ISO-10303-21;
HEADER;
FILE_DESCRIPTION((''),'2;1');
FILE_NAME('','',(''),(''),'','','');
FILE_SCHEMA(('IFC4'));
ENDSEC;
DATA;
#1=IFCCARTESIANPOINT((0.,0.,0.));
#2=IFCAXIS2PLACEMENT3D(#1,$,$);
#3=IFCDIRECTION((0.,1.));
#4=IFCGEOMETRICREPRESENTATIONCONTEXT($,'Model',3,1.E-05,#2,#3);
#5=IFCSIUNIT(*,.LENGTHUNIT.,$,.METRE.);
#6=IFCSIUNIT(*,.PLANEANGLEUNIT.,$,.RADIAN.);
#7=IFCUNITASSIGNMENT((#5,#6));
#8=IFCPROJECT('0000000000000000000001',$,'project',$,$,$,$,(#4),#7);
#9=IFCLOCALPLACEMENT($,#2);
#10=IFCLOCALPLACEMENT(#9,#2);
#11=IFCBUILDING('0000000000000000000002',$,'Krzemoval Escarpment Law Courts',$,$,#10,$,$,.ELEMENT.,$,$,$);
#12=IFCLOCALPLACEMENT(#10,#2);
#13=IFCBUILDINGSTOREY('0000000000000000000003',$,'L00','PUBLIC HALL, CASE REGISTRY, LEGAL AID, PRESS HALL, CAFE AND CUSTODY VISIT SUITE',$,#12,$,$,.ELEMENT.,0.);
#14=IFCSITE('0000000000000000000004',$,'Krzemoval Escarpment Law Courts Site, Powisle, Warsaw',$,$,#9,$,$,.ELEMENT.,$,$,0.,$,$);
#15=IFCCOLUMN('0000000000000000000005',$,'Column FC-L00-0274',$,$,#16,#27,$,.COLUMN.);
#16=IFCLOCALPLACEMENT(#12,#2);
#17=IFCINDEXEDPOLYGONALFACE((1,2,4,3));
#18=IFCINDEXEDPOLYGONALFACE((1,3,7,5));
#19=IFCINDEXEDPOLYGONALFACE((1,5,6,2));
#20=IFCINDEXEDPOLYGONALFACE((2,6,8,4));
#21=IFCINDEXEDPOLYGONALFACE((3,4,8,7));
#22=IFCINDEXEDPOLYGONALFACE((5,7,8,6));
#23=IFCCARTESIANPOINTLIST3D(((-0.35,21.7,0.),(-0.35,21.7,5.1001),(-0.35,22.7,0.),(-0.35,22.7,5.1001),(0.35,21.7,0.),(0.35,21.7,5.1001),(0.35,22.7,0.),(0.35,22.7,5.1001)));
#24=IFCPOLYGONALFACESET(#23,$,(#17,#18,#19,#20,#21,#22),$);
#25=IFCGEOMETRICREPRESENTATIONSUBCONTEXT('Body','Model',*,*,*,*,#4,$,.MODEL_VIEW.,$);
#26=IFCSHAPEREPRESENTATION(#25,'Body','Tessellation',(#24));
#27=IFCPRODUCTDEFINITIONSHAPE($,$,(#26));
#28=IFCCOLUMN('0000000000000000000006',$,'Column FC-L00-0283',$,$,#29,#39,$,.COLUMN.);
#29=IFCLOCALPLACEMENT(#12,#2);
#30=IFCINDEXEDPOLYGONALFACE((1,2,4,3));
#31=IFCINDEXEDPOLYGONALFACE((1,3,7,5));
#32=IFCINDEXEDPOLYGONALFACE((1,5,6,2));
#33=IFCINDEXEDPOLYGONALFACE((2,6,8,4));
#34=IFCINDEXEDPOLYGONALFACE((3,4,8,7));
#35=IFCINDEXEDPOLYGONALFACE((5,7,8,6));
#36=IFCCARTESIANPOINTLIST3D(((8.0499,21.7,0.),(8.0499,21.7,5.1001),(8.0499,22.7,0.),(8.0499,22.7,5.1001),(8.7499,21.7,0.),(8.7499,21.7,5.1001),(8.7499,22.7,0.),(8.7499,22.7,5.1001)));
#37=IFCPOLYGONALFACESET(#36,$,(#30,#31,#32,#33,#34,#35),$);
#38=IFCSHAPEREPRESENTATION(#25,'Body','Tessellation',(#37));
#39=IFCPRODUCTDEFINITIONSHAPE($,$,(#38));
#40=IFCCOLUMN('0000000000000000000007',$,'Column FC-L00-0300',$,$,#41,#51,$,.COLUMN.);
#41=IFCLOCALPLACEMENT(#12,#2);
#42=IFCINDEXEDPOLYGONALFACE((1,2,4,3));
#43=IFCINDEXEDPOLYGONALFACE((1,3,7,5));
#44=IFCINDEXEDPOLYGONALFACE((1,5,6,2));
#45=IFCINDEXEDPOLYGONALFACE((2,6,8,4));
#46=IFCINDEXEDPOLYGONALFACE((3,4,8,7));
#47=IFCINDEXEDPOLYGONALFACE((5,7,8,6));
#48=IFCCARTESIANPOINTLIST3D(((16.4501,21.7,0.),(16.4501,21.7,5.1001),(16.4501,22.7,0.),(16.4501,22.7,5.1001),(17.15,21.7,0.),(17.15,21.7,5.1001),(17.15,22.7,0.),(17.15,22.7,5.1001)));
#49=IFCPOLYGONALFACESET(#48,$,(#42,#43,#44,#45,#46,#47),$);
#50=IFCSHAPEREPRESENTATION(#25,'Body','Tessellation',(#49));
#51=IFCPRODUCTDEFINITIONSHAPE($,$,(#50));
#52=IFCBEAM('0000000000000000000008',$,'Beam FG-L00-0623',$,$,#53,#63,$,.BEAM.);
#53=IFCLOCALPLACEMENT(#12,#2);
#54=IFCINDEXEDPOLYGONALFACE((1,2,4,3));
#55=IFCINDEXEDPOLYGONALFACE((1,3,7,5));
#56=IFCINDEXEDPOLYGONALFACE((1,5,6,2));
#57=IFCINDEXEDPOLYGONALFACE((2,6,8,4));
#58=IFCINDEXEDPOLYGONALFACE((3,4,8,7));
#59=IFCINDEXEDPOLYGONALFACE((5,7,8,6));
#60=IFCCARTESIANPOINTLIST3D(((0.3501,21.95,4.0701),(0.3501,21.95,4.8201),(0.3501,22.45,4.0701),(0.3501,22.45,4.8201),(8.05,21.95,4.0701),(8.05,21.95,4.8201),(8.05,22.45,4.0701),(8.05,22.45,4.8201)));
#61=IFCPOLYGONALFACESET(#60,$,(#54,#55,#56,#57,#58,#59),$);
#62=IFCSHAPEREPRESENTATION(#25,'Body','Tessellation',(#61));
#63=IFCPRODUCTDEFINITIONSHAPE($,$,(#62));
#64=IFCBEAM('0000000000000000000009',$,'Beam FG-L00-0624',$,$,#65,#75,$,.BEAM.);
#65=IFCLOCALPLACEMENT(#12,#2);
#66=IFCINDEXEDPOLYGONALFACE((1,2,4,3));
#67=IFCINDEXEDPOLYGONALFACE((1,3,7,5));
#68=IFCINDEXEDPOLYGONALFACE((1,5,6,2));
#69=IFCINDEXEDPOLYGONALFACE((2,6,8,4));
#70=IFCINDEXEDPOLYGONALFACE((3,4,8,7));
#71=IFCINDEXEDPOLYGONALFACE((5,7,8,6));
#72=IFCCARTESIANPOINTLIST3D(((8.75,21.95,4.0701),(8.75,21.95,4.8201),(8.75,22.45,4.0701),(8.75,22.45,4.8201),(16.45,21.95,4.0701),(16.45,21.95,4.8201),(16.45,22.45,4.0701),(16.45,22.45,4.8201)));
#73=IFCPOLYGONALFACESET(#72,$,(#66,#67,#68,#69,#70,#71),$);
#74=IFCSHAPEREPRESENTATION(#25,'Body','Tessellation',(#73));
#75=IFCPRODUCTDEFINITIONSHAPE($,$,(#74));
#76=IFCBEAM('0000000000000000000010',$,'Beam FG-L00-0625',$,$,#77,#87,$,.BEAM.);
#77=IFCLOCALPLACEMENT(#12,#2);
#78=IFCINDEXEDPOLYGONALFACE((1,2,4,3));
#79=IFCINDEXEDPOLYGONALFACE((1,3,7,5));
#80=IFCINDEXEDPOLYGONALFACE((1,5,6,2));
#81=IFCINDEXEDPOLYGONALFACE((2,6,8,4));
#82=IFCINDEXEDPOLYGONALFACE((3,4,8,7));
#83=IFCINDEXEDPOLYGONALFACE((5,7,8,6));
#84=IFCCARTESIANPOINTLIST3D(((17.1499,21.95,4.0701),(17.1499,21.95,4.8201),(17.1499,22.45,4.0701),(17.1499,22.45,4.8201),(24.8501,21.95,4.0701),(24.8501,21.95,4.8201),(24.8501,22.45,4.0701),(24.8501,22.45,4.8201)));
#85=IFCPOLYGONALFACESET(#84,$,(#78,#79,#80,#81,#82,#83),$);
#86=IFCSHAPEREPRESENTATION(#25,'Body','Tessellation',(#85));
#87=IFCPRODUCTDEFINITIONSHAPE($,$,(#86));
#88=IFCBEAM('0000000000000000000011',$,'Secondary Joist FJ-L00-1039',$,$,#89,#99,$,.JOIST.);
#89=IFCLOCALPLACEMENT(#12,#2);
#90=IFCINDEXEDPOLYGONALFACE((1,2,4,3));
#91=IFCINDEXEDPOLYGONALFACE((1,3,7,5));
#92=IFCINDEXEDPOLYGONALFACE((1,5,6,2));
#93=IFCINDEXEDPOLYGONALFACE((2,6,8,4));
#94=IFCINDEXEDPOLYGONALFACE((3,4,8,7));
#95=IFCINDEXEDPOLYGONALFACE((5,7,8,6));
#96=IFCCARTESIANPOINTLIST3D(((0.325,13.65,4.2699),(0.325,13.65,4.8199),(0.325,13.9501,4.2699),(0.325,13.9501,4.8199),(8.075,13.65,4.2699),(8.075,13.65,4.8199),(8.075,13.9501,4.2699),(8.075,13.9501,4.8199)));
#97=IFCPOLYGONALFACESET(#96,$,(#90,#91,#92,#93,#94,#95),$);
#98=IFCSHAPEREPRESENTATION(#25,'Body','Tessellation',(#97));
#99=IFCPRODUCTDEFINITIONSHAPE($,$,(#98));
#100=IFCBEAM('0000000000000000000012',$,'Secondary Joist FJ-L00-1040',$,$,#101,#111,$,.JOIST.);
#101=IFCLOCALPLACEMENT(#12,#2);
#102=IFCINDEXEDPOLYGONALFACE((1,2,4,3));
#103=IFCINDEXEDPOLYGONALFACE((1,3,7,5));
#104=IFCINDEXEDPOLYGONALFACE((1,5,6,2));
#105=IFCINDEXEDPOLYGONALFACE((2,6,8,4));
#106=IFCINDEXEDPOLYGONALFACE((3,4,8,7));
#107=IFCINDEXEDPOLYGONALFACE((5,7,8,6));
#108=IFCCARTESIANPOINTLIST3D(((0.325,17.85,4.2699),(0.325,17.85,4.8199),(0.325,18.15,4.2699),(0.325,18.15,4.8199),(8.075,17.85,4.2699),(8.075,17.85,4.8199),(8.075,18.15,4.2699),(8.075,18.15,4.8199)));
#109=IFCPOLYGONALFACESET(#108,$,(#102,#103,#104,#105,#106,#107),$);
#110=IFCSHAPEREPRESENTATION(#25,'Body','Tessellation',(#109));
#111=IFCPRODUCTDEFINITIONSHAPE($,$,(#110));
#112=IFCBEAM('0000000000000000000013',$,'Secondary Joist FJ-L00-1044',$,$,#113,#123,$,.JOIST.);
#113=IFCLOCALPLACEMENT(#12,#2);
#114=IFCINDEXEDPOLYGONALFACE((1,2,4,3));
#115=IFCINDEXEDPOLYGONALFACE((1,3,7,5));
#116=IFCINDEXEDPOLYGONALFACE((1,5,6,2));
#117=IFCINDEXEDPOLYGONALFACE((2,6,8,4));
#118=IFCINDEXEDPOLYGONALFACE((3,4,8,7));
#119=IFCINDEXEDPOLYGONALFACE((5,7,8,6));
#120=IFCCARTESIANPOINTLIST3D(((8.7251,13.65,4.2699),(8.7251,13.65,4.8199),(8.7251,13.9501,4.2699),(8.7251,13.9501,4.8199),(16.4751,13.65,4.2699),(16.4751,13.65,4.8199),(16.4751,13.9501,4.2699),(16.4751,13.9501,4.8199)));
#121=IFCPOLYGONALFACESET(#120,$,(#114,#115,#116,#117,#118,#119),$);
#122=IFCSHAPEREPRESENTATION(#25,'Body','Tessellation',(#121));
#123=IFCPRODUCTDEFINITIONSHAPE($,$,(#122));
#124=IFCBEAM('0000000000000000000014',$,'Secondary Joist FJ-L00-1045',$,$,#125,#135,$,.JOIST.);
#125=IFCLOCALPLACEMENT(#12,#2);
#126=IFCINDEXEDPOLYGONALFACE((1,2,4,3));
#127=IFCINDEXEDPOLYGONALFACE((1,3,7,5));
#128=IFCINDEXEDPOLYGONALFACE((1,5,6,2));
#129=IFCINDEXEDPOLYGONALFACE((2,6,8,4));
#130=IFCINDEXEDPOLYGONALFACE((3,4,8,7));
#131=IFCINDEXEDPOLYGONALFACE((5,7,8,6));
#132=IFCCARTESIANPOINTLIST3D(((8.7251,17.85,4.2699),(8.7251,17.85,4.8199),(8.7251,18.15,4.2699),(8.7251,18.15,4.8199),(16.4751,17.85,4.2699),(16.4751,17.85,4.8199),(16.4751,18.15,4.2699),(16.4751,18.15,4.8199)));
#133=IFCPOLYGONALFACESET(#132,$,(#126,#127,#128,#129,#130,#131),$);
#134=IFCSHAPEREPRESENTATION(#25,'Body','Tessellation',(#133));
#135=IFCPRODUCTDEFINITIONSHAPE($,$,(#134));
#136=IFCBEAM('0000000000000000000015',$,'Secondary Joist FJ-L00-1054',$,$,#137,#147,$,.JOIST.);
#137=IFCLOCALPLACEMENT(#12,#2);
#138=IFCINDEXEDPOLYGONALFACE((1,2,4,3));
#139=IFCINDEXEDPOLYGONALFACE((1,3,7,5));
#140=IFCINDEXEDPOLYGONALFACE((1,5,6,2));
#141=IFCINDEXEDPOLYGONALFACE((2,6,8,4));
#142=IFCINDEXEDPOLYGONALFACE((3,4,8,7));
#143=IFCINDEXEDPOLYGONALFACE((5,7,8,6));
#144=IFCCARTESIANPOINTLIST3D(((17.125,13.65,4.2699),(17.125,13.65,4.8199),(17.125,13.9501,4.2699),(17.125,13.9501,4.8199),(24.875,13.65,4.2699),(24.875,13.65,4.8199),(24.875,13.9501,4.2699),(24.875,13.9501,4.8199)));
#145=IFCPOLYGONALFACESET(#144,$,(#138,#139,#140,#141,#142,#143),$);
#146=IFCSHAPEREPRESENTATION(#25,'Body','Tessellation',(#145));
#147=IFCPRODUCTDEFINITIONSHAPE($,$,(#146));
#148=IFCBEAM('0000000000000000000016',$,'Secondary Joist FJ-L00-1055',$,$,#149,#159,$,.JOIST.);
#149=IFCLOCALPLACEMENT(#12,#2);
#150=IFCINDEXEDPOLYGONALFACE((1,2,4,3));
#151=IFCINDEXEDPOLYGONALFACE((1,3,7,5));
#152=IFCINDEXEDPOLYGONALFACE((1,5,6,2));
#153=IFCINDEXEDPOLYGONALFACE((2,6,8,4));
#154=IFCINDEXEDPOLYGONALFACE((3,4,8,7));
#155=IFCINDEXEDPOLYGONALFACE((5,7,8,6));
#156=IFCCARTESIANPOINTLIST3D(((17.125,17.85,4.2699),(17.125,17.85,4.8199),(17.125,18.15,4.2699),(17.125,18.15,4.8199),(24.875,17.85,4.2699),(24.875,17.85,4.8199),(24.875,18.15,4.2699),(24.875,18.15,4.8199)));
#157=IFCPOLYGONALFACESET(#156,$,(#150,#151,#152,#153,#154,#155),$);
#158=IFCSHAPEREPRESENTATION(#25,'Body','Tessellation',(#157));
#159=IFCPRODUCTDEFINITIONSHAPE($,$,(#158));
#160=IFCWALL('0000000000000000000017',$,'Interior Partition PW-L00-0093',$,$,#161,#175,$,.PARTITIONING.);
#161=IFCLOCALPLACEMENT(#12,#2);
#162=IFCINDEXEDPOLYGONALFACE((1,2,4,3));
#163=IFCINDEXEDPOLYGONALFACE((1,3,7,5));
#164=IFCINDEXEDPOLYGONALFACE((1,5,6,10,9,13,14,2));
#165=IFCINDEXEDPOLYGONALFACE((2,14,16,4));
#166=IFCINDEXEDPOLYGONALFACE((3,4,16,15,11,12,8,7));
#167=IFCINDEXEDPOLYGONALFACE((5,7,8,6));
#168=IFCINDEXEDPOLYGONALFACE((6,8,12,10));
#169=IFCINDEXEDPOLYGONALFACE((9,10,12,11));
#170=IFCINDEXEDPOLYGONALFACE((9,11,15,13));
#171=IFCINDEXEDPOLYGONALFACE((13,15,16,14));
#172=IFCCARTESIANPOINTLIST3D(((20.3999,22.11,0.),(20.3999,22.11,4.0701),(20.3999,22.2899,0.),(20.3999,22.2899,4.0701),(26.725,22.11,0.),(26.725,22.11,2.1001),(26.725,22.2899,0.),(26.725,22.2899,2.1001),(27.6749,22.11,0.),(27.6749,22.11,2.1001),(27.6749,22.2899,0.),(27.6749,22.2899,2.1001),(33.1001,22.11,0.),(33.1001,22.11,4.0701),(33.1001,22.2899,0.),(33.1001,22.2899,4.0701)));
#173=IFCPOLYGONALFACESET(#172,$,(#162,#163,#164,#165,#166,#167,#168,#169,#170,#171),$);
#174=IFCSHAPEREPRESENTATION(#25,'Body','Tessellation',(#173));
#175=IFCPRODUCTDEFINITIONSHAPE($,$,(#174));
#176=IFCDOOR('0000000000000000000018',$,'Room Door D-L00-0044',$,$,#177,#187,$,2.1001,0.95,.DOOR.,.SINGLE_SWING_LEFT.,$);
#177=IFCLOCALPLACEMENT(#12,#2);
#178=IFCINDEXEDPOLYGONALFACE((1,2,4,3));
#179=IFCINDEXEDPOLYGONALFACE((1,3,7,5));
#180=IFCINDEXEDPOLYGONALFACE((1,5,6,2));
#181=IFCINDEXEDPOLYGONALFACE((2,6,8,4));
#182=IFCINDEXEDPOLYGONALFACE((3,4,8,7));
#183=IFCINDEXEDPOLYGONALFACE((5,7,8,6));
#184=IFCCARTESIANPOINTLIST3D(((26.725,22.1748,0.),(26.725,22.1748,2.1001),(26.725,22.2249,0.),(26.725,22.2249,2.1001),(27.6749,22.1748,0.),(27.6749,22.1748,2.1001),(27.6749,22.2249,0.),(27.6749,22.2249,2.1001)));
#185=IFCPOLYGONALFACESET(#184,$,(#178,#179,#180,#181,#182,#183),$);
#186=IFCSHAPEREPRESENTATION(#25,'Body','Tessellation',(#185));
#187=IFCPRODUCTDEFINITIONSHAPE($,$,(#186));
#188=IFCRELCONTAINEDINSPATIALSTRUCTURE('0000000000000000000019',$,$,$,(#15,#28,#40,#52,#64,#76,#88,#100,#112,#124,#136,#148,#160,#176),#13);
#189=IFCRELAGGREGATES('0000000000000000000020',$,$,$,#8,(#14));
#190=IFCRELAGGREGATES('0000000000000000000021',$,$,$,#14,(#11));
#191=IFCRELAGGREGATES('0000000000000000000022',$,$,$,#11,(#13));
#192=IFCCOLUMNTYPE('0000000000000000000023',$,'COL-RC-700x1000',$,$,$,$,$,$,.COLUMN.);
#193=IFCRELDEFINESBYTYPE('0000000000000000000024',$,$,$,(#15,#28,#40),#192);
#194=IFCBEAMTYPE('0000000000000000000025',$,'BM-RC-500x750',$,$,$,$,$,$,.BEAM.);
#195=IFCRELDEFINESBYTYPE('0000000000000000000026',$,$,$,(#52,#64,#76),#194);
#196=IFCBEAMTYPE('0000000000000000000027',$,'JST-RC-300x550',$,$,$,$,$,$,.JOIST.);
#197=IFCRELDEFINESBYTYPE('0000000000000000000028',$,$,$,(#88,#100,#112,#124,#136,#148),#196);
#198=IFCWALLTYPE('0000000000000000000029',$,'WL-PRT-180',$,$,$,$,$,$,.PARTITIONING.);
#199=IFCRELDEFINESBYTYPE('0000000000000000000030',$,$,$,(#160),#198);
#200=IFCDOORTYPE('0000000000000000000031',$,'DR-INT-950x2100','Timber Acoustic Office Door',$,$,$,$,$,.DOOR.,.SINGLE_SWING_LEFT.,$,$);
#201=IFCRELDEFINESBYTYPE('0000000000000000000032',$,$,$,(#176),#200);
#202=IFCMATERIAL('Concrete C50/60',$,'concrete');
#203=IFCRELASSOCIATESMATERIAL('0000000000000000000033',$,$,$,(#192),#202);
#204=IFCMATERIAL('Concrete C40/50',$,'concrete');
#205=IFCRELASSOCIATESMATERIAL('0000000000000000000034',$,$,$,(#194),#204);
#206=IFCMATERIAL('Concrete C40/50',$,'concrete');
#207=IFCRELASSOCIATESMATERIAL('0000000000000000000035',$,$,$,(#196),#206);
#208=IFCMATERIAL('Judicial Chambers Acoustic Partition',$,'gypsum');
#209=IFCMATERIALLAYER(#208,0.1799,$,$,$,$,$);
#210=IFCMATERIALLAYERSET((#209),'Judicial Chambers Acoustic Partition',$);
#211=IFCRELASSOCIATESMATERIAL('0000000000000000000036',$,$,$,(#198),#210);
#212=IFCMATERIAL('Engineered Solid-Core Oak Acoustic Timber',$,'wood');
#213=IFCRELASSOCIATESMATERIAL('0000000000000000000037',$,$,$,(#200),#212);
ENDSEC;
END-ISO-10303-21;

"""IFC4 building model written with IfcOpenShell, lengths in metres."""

from ifc_helpers import new_model, si_unit, direction, frame, frame_2d, origin, origin_2d, place, context, subcontext, project, spatial, rectangle, extrude, material, layer, layer_set, material_profile, profile_set, type_object, element, fill, save


model = new_model("IFC4")

# Units and contexts
model_context = context("Model", 3, precision=1e-05, world=origin(), true_north=direction((0.0, 1.0)))
body_context = subcontext(model_context, "Body", "Model", "MODEL_VIEW")
ifc_project = project(units=[si_unit("LENGTHUNIT", "METRE"), si_unit("PLANEANGLEUNIT", "RADIAN")], contexts=[model_context])

# Site, building, storey
site_placement = place(None, origin())
site = spatial("IfcSite", under=ifc_project, at=site_placement, Name="Krzemoval Escarpment Law Courts Site, Powisle, Warsaw", CompositionType="ELEMENT", RefElevation=0.0)
building_placement = place(site_placement, origin())
building = spatial("IfcBuilding", under=site, at=building_placement, Name="Krzemoval Escarpment Law Courts", CompositionType="ELEMENT")
storey_placement = place(building_placement, origin())
storey = spatial("IfcBuildingStorey", under=building, at=storey_placement, Name="L00", Description="PUBLIC HALL, CASE REGISTRY, LEGAL AID, PRESS HALL, CAFE AND CUSTODY VISIT SUITE", CompositionType="ELEMENT", Elevation=0.0)

# Columns
ifc_material_1 = material(Name="Concrete C50/60", Category="concrete")
ifc_material_profile_1 = material_profile(ifc_material_1, rectangle(XDim=0.7, YDim=1.0, at=origin_2d()), Name="RC 700x1000")
ifc_profile_set_1 = profile_set([ifc_material_profile_1], Name="Concrete C50/60")
column_type = type_object("IfcColumnType", Name="COL-RC-700x1000", PredefinedType="COLUMN", material=ifc_profile_set_1)
for number, where, z_axis, x_axis, name in (
    (1, (0.0, 22.2, 0.0), (0.0, 0.0, 1.0), (1.0, 0.0, 0.0), "Column FC-L00-0274"),
    (2, (8.3999, 22.2, 0.0), (0.0, 0.0, 1.0), (1.0, 0.0, 0.0), "Column FC-L00-0283"),
    (3, (16.8, 22.2, 0.0), (0.0, 0.0, 1.0), (1.0, 0.0, 0.0), "Column FC-L00-0300"),
):
    element("IfcColumn", number, at=place(storey_placement, frame(where, z_axis=z_axis, x_axis=x_axis)), inside=storey, type_object=column_type, Name=name, PredefinedType="COLUMN", context=body_context, shape_type="SweptSolid", body=[
        extrude(rectangle(XDim=0.7, YDim=1.0, at=origin_2d()), origin(), (0.0, 0.0, 1.0), 5.1001),
    ])

# Beams
ifc_material_2 = material(Name="Concrete C40/50", Category="concrete")
ifc_material_profile_2 = material_profile(ifc_material_2, rectangle(XDim=0.5, YDim=0.75, at=origin_2d()), Name="RCB 500x750")
ifc_profile_set_2 = profile_set([ifc_material_profile_2], Name="Concrete C40/50")
beam_type_1 = type_object("IfcBeamType", Name="BM-RC-500x750", PredefinedType="BEAM", material=ifc_profile_set_2)
for number, where, z_axis, x_axis, name in (
    (4, (0.3501, 22.2, 4.4451), (1.0, 0.0, 0.0), (0.0, 1.0, 0.0), "Beam FG-L00-0623"),
    (5, (8.75, 22.2, 4.4451), (1.0, 0.0, 0.0), (0.0, 1.0, 0.0), "Beam FG-L00-0624"),
):
    element("IfcBeam", number, at=place(storey_placement, frame(where, z_axis=z_axis, x_axis=x_axis)), inside=storey, type_object=beam_type_1, Name=name, PredefinedType="BEAM", context=body_context, shape_type="SweptSolid", body=[
        extrude(rectangle(XDim=0.5, YDim=0.75, at=origin_2d()), origin(), (0.0, 0.0, 1.0), 7.7),
    ])
beam_placement = place(storey_placement, frame((17.1499, 22.2, 4.4451), z_axis=(1.0, 0.0, 0.0), x_axis=(0.0, 1.0, 0.0)))
element("IfcBeam", 6, at=beam_placement, inside=storey, type_object=beam_type_1, Name="Beam FG-L00-0625", PredefinedType="BEAM", context=body_context, shape_type="SweptSolid", body=[
    extrude(rectangle(XDim=0.5, YDim=0.75, at=origin_2d()), origin(), (0.0, 0.0, 1.0), 7.7002),
])
ifc_material_3 = material(Name="Concrete C40/50", Category="concrete")
ifc_material_profile_3 = material_profile(ifc_material_3, rectangle(XDim=0.3, YDim=0.55, at=origin_2d()), Name="RCB 300x550")
ifc_profile_set_3 = profile_set([ifc_material_profile_3], Name="Concrete C40/50")
beam_type_2 = type_object("IfcBeamType", Name="JST-RC-300x550", PredefinedType="JOIST", material=ifc_profile_set_3)
for number, where, z_axis, x_axis, name in (
    (7, (0.325, 13.8, 4.5449), (1.0, 0.0, 0.0), (0.0, 1.0, 0.0), "Secondary Joist FJ-L00-1039"),
    (8, (0.325, 18.0, 4.5449), (1.0, 0.0, 0.0), (0.0, 1.0, 0.0), "Secondary Joist FJ-L00-1040"),
    (9, (8.7251, 13.8, 4.5449), (1.0, 0.0, 0.0), (0.0, 1.0, 0.0), "Secondary Joist FJ-L00-1044"),
    (10, (8.7251, 18.0, 4.5449), (1.0, 0.0, 0.0), (0.0, 1.0, 0.0), "Secondary Joist FJ-L00-1045"),
    (11, (17.125, 13.8, 4.5449), (1.0, 0.0, 0.0), (0.0, 1.0, 0.0), "Secondary Joist FJ-L00-1054"),
    (12, (17.125, 18.0, 4.5449), (1.0, 0.0, 0.0), (0.0, 1.0, 0.0), "Secondary Joist FJ-L00-1055"),
):
    element("IfcBeam", number, at=place(storey_placement, frame(where, z_axis=z_axis, x_axis=x_axis)), inside=storey, type_object=beam_type_2, Name=name, PredefinedType="JOIST", context=body_context, shape_type="SweptSolid", body=[
        extrude(rectangle(XDim=0.3, YDim=0.55, at=origin_2d()), origin(), (0.0, 0.0, 1.0), 7.75),
    ])

# Wall, opening, door
ifc_material_4 = material(Name="Judicial Chambers Acoustic Partition", Category="gypsum")
ifc_layer_1 = layer(ifc_material_4, 0.1799)
ifc_layer_set_1 = layer_set([ifc_layer_1], Name="Judicial Chambers Acoustic Partition")
wall_type_1 = type_object("IfcWallType", Name="WL-PRT-180", PredefinedType="PARTITIONING", material=ifc_layer_set_1)
wall_1_placement = place(storey_placement, frame((20.3999, 22.2, 0.0), z_axis=(0.0, 0.0, 1.0), x_axis=(1.0, 0.0, 0.0)))
wall_1 = element("IfcWall", 13, at=wall_1_placement, inside=storey, type_object=wall_type_1, Name="Interior Partition PW-L00-0093", PredefinedType="PARTITIONING", context=body_context, shape_type="SweptSolid", body=[
    extrude(rectangle(XDim=12.7002, YDim=0.1799, at=frame_2d((6.3501, 0.0))), origin(), (0.0, 0.0, 1.0), 4.0701),
])
opening_1_placement = place(wall_1_placement, frame((6.325, 0.0, 0.0)))
opening_1 = element("IfcOpeningElement", 14, at=opening_1_placement, cuts=wall_1, PredefinedType="OPENING", context=body_context, shape_type="SweptSolid", body=[
    extrude(rectangle(XDim=0.95, YDim=2.1001, at=frame_2d((0.4751, 1.05))), frame((0.0, 0.105, 0.0), z_axis=(0.0, -1.0, 0.0), x_axis=(1.0, 0.0, 0.0)), (0.0, 0.0, 1.0), 0.2099),
])
ifc_material_5 = material(Name="Engineered Solid-Core Oak Acoustic Timber", Category="wood")
door_type_1 = type_object("IfcDoorType", Name="DR-INT-950x2100", Description="Timber Acoustic Office Door", OperationType="SINGLE_SWING_LEFT", PredefinedType="DOOR", material=ifc_material_5)
door_1_placement = place(opening_1_placement, origin())
door_1 = element("IfcDoor", 15, at=door_1_placement, inside=storey, type_object=door_type_1, Name="Room Door D-L00-0044", OperationType="SINGLE_SWING_LEFT", OverallHeight=2.1001, OverallWidth=0.95, PredefinedType="DOOR", context=body_context, shape_type="SweptSolid", body=[
    extrude(rectangle(XDim=0.95, YDim=2.1001, at=frame_2d((0.4751, 1.05))), frame((0.0, 0.0249, 0.0), z_axis=(0.0, -1.0, 0.0), x_axis=(1.0, 0.0, 0.0)), (0.0, 0.0, 1.0), 0.05),
])
fill(opening_1, door_1)

save(model, "model.ifc")
